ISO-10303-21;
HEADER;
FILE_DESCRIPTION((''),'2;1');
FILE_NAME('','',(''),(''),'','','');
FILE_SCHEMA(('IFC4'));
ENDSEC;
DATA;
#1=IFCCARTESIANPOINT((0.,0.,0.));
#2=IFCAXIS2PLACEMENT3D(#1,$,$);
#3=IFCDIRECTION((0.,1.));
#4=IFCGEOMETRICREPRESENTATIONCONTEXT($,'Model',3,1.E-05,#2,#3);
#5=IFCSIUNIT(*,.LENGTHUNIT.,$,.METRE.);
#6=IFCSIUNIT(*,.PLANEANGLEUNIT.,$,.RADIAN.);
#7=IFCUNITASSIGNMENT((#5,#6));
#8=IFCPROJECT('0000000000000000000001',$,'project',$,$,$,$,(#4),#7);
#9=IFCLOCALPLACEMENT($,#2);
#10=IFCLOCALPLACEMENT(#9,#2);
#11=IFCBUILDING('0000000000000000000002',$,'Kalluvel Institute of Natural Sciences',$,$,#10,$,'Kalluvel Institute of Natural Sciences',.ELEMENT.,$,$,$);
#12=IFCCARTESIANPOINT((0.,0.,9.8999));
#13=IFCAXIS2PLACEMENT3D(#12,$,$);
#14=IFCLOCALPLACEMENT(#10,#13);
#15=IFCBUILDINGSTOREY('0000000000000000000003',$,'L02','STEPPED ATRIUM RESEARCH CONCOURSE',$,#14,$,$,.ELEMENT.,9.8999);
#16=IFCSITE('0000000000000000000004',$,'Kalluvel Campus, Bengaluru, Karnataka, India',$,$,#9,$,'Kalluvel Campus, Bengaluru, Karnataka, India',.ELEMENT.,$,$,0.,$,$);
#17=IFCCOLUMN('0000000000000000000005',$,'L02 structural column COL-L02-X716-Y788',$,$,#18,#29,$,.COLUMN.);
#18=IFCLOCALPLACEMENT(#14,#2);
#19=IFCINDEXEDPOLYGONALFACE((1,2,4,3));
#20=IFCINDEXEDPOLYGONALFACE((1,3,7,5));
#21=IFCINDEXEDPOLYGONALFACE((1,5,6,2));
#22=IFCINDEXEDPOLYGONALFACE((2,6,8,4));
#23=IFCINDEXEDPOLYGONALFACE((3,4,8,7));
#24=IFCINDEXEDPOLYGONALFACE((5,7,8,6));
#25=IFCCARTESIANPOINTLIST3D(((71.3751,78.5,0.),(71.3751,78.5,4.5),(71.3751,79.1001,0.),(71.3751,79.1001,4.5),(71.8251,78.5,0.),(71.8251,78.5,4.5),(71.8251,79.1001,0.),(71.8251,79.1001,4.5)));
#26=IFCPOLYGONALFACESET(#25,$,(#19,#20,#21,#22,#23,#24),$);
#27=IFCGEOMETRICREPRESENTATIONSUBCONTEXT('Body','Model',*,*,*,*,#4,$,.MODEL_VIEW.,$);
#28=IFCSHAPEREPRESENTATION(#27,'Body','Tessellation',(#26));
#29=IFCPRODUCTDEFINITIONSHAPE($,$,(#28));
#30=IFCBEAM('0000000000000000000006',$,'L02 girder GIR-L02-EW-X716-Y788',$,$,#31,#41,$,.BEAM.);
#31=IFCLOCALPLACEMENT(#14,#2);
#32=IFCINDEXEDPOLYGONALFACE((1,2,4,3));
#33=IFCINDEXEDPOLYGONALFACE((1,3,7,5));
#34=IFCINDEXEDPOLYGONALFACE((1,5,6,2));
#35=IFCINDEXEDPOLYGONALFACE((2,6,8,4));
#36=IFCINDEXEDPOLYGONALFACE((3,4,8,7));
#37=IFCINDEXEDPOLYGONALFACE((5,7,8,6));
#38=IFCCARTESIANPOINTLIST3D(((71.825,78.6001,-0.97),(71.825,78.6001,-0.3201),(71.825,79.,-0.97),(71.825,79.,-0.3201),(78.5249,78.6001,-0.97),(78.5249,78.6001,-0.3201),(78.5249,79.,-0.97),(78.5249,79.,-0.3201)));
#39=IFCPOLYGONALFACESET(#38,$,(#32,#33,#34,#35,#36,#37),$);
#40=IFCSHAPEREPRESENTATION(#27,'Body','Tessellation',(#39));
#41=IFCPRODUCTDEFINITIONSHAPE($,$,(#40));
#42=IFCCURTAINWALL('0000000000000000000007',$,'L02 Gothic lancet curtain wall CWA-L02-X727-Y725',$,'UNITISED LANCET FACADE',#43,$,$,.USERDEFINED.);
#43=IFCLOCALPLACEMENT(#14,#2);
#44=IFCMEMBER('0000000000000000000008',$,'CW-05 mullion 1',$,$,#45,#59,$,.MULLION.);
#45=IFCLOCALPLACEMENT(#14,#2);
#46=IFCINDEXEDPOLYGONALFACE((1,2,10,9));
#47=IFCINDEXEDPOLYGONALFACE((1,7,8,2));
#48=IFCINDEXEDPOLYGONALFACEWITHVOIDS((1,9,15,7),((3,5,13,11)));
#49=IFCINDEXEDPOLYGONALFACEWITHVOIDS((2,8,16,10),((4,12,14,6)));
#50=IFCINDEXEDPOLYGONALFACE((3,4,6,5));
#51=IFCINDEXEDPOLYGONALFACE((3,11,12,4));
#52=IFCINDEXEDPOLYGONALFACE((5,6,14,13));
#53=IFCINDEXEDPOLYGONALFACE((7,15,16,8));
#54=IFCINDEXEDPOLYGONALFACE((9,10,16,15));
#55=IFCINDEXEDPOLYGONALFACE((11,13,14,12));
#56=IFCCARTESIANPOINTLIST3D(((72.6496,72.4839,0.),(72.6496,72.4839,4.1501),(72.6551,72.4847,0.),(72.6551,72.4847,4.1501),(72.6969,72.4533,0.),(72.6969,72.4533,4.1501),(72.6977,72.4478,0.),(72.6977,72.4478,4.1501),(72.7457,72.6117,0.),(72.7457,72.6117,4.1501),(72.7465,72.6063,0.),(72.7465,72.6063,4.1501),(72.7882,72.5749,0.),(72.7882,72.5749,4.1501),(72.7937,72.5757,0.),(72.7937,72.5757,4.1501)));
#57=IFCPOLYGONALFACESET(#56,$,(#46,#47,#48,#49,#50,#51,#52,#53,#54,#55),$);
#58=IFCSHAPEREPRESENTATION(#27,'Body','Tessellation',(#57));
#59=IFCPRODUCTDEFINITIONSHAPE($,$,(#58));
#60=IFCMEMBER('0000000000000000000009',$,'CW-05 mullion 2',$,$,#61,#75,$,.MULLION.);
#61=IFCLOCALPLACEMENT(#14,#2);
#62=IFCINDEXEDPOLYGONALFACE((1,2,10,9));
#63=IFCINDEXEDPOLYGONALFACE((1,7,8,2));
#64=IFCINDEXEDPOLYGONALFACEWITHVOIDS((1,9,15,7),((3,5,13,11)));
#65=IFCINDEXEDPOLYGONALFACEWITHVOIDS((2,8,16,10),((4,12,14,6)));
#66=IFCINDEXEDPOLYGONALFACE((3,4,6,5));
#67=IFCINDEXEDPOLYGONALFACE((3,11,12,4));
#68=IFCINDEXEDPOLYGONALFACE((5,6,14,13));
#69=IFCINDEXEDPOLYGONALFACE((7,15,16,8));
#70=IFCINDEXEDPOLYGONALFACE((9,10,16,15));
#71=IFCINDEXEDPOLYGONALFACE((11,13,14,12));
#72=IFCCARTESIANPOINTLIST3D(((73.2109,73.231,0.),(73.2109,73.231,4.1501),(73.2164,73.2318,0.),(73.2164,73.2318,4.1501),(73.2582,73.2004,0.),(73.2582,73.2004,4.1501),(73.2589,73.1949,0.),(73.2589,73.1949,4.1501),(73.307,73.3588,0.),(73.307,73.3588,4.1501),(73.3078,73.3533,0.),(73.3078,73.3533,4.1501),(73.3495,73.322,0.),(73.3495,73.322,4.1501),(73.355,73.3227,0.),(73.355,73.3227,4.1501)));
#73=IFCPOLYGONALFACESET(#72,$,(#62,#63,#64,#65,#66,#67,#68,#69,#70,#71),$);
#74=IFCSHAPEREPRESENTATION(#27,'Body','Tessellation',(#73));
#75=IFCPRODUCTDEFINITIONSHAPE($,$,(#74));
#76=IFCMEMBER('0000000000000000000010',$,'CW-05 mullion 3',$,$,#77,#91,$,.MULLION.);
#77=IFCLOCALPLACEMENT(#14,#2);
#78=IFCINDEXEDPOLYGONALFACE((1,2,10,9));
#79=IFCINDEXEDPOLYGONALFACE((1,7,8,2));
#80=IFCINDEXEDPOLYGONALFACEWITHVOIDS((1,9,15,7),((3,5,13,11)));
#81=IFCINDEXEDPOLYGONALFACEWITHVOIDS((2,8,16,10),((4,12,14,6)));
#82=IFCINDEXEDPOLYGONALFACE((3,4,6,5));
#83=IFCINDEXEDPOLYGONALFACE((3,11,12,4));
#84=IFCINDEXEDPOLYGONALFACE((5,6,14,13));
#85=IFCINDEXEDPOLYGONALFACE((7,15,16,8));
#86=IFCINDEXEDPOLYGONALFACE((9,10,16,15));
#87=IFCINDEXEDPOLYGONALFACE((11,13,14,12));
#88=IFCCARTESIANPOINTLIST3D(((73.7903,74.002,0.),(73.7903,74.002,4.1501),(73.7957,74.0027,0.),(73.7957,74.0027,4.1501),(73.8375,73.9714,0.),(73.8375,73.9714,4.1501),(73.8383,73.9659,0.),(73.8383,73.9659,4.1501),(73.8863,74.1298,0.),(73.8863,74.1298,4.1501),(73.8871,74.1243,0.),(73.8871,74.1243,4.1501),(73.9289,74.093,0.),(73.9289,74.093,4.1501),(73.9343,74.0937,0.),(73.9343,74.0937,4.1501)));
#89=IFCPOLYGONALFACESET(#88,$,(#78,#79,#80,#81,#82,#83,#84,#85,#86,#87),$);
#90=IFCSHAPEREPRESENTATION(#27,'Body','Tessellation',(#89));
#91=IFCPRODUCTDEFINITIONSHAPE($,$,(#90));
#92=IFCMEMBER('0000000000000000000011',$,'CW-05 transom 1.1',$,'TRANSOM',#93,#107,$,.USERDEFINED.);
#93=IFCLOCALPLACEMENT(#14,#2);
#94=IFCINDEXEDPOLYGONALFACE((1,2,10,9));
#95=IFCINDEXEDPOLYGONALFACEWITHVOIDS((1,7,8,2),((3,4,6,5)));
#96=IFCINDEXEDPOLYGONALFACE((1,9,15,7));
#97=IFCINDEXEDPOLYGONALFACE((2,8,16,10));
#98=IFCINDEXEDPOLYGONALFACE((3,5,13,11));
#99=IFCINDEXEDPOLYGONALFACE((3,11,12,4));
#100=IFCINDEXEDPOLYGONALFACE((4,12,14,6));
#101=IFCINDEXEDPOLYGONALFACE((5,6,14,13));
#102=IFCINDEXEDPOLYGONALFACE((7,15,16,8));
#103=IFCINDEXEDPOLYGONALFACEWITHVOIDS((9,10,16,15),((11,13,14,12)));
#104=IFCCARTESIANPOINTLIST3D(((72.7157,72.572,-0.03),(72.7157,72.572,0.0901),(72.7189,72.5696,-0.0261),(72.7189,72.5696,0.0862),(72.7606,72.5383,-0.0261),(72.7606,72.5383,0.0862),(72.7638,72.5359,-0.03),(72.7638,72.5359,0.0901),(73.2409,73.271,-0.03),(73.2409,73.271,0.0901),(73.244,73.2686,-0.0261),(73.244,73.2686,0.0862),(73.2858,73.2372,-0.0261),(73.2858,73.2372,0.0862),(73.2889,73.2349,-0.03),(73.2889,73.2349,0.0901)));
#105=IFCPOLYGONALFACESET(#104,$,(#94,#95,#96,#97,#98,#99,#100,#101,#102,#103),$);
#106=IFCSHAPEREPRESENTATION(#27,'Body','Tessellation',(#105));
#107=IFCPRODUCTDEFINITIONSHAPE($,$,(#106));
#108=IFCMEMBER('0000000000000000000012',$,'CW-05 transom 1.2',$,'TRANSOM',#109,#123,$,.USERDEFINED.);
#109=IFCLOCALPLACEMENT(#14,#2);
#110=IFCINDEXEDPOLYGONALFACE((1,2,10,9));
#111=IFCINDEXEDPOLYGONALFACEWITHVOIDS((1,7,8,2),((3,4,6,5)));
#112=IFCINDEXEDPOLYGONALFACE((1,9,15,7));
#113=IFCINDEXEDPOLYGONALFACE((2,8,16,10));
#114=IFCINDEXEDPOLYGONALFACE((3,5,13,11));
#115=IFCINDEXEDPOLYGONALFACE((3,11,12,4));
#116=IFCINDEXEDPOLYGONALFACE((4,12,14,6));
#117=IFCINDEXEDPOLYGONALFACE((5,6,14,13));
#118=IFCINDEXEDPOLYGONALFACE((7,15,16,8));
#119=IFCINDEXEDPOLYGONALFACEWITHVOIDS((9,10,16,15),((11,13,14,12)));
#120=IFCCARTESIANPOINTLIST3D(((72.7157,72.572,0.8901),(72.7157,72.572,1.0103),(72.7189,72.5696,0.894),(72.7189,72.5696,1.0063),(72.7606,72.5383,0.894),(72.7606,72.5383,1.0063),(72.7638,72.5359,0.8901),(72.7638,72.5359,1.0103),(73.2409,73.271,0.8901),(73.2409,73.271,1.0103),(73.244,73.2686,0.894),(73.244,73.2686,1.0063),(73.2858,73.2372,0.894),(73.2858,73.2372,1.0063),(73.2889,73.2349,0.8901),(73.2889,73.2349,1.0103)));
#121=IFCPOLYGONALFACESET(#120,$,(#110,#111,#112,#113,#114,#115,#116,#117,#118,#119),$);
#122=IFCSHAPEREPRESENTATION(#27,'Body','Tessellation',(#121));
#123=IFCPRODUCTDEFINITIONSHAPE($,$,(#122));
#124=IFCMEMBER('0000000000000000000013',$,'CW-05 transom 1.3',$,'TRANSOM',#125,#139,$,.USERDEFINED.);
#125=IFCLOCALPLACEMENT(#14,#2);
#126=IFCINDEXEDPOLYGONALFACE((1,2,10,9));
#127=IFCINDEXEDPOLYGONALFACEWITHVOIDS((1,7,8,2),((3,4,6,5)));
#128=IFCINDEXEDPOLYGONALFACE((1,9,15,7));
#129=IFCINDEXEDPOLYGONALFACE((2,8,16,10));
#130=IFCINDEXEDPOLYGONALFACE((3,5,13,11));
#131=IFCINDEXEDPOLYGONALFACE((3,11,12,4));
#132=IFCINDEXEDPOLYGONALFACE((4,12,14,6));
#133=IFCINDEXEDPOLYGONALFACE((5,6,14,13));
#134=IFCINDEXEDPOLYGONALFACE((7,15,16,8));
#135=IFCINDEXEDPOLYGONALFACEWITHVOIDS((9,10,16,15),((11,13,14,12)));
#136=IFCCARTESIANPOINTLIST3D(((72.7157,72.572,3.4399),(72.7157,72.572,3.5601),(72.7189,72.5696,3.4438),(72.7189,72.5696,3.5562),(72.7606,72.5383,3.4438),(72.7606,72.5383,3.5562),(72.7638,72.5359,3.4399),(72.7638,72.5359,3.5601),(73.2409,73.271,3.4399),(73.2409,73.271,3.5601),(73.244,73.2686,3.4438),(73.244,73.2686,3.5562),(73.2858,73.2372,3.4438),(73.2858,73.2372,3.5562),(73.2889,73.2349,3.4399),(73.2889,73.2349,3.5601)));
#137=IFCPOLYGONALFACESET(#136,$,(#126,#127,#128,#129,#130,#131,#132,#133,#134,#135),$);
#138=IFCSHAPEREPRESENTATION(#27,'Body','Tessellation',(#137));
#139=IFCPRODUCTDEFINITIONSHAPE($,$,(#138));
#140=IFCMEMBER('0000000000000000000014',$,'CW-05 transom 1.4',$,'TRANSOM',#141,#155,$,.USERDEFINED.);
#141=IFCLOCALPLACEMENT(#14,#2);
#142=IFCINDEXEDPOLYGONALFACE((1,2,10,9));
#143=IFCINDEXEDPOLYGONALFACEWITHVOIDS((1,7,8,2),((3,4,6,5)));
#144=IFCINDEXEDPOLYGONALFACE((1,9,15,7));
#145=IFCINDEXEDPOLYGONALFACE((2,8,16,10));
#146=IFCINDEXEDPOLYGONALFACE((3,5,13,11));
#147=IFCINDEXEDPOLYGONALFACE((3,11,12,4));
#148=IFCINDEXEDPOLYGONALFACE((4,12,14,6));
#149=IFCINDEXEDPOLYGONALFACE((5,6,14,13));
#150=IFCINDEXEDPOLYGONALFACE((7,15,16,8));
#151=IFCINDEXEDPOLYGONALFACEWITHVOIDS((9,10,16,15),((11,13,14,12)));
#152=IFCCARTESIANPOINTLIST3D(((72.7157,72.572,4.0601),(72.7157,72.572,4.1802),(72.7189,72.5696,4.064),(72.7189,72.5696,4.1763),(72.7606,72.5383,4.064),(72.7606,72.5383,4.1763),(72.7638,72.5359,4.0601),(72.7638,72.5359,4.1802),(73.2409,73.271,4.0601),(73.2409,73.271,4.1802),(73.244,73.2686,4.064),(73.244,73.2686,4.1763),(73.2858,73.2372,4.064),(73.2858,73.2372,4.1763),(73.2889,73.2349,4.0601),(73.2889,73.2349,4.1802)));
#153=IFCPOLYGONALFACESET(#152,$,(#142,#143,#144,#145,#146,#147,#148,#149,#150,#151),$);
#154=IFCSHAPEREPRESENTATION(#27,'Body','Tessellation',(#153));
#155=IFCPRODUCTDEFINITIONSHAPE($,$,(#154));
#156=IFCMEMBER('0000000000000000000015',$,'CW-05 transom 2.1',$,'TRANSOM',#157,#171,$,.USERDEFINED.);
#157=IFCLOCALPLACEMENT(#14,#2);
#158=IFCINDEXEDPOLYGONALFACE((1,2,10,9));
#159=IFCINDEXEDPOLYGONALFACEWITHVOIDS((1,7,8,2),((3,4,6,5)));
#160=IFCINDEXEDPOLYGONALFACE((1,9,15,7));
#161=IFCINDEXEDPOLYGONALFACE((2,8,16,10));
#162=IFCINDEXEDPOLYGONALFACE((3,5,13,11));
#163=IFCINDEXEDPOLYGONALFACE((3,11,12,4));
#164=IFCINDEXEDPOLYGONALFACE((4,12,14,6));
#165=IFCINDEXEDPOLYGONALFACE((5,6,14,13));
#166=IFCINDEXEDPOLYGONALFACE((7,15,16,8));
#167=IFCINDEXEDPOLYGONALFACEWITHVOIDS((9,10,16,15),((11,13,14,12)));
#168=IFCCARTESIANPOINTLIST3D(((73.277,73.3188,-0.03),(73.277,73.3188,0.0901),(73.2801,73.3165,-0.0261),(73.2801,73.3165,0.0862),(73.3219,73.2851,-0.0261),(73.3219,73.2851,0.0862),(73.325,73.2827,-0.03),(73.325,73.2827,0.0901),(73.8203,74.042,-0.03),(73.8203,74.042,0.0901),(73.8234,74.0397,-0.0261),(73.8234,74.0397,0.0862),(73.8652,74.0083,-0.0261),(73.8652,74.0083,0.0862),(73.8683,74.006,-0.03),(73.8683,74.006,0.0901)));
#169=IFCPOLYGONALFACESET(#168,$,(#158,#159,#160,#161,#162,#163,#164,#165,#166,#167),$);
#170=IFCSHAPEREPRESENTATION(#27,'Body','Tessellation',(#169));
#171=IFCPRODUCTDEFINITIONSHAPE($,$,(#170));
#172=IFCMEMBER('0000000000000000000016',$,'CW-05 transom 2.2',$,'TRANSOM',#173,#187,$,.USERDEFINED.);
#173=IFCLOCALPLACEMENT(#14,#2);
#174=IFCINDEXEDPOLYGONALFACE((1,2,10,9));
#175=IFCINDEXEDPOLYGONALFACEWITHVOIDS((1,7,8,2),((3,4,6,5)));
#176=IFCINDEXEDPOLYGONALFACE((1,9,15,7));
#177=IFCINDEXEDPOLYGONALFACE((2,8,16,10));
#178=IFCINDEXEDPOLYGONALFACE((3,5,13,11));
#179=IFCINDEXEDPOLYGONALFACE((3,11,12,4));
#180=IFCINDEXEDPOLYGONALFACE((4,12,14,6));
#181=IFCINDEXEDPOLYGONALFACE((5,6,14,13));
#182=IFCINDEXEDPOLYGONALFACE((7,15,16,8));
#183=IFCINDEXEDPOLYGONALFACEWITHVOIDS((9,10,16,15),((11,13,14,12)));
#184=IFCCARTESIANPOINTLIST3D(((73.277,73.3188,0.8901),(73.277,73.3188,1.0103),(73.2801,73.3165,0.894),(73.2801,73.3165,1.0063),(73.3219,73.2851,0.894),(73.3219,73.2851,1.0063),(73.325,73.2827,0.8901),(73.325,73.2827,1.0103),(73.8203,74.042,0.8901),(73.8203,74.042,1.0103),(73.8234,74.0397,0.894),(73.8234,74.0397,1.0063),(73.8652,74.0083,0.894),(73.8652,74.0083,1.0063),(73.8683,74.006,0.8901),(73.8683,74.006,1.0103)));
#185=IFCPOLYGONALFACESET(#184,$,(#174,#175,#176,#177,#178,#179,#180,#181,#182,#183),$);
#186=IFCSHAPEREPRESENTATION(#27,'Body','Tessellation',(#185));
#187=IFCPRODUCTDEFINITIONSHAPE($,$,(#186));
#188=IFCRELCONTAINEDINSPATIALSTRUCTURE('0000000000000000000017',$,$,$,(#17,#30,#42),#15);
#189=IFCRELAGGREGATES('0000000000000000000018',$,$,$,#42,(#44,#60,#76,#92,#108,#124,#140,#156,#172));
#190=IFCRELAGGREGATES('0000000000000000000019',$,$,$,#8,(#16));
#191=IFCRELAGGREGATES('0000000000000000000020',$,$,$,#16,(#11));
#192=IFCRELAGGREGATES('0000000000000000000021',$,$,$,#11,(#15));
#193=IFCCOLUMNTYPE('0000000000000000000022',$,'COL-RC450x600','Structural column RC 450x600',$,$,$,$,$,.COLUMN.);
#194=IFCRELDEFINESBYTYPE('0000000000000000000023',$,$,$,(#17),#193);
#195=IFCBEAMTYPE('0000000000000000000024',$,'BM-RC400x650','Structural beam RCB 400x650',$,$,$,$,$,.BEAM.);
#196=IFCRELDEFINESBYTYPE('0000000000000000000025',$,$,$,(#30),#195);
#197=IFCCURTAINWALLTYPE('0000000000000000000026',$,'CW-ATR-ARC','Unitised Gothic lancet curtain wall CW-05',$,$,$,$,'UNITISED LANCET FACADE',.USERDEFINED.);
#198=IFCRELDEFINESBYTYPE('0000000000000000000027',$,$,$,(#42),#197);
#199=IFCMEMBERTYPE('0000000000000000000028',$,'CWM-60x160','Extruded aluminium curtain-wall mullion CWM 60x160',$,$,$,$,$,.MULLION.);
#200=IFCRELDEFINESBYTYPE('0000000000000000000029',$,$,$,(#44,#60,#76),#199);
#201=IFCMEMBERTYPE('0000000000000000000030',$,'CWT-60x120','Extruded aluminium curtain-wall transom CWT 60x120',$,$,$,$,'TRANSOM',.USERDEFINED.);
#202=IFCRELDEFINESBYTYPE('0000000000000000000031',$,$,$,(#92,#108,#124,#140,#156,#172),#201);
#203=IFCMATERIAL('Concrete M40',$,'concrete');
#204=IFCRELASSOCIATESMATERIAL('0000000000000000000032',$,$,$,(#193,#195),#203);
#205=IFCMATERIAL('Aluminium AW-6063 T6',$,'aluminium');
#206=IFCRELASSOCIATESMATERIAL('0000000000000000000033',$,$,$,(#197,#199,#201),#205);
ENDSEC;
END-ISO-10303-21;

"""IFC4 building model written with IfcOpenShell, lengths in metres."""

from ifc_helpers import new_model, si_unit, direction, frame, origin, origin_2d, place, context, subcontext, project, spatial, rectangle, hollow_rectangle, extrude, material, material_profile, profile_set, type_object, element, aggregate, save


model = new_model("IFC4")

# Units and contexts
model_context = context("Model", 3, precision=1e-05, world=origin(), true_north=direction((0.0, 1.0)))
body_context = subcontext(model_context, "Body", "Model", "MODEL_VIEW")
ifc_project = project(units=[si_unit("LENGTHUNIT", "METRE"), si_unit("PLANEANGLEUNIT", "RADIAN")], contexts=[model_context])

# Site, building, storey
site_placement = place(None, origin())
site = spatial("IfcSite", under=ifc_project, at=site_placement, Name="Kalluvel Campus, Bengaluru, Karnataka, India", LongName="Kalluvel Campus, Bengaluru, Karnataka, India", CompositionType="ELEMENT", RefElevation=0.0)
building_placement = place(site_placement, origin())
building = spatial("IfcBuilding", under=site, at=building_placement, Name="Kalluvel Institute of Natural Sciences", LongName="Kalluvel Institute of Natural Sciences", CompositionType="ELEMENT")
storey_placement = place(building_placement, frame((0.0, 0.0, 9.8999)))
storey = spatial("IfcBuildingStorey", under=building, at=storey_placement, Name="L02", Description="STEPPED ATRIUM RESEARCH CONCOURSE", CompositionType="ELEMENT", Elevation=9.8999)

# Column
ifc_material_1 = material(Name="Concrete M40", Category="concrete")
ifc_material_profile_1 = material_profile(ifc_material_1, rectangle(XDim=0.45, YDim=0.6001, at=origin_2d()), Name="RC 450x600")
ifc_profile_set_1 = profile_set([ifc_material_profile_1], Name="Concrete M40")
column_type = type_object("IfcColumnType", Name="COL-RC450x600", Description="Structural column RC 450x600", PredefinedType="COLUMN", material=ifc_profile_set_1)
column_placement = place(storey_placement, frame((71.6001, 78.8, 0.0), z_axis=(0.0, 0.0, 1.0), x_axis=(1.0, 0.0, 0.0)))
element("IfcColumn", 1, at=column_placement, inside=storey, type_object=column_type, Name="L02 structural column COL-L02-X716-Y788", PredefinedType="COLUMN", context=body_context, shape_type="SweptSolid", body=[
    extrude(rectangle(XDim=0.45, YDim=0.6001, at=origin_2d()), origin(), (0.0, 0.0, 1.0), 4.5),
])

# Beam
ifc_material_profile_2 = material_profile(ifc_material_1, rectangle(XDim=0.3999, YDim=0.6499, at=origin_2d()), Name="RCB 400x650")
ifc_profile_set_2 = profile_set([ifc_material_profile_2], Name="Concrete M40")
beam_type = type_object("IfcBeamType", Name="BM-RC400x650", Description="Structural beam RCB 400x650", PredefinedType="BEAM", material=ifc_profile_set_2)
beam_placement = place(storey_placement, frame((71.825, 78.8, -0.645), z_axis=(1.0, 0.0, 0.0), x_axis=(0.0, 1.0, 0.0)))
element("IfcBeam", 2, at=beam_placement, inside=storey, type_object=beam_type, Name="L02 girder GIR-L02-EW-X716-Y788", PredefinedType="BEAM", context=body_context, shape_type="SweptSolid", body=[
    extrude(rectangle(XDim=0.3999, YDim=0.6499, at=origin_2d()), origin(), (0.0, 0.0, 1.0), 6.7),
])

# Curtain wall, members
ifc_material_2 = material(Name="Aluminium AW-6063 T6", Category="aluminium")
curtain_wall_type = type_object("IfcCurtainWallType", Name="CW-ATR-ARC", Description="Unitised Gothic lancet curtain wall CW-05", ElementType="UNITISED LANCET FACADE", PredefinedType="USERDEFINED", material=ifc_material_2)
curtain_wall_placement = place(storey_placement, origin())
curtain_wall = element("IfcCurtainWall", 3, at=curtain_wall_placement, inside=storey, type_object=curtain_wall_type, Name="L02 Gothic lancet curtain wall CWA-L02-X727-Y725", ObjectType="UNITISED LANCET FACADE", PredefinedType="USERDEFINED")
ifc_material_profile_3 = material_profile(ifc_material_2, hollow_rectangle(XDim=0.0601, YDim=0.1599, WallThickness=0.0039, at=origin_2d()), Name="CWM 60x160")
ifc_profile_set_3 = profile_set([ifc_material_profile_3], Name="Aluminium AW-6063 T6")
member_type_1 = type_object("IfcMemberType", Name="CWM-60x160", Description="Extruded aluminium curtain-wall mullion CWM 60x160", PredefinedType="MULLION", material=ifc_profile_set_3)
member_1_placement = place(storey_placement, frame((72.7217, 72.5298, 0.0), z_axis=(0.0, 0.0, 1.0), x_axis=(-0.799446, 0.600738, 0.0)))
member_1 = element("IfcMember", 4, at=member_1_placement, type_object=member_type_1, Name="CW-05 mullion 1", PredefinedType="MULLION", context=body_context, shape_type="SweptSolid", body=[
    extrude(hollow_rectangle(XDim=0.0601, YDim=0.1599, WallThickness=0.0039, at=origin_2d()), origin(), (0.0, 0.0, 1.0), 4.1501),
])
member_2_placement = place(storey_placement, frame((73.283, 73.2769, 0.0), z_axis=(0.0, 0.0, 1.0), x_axis=(-0.799446, 0.600738, 0.0)))
member_2 = element("IfcMember", 5, at=member_2_placement, type_object=member_type_1, Name="CW-05 mullion 2", PredefinedType="MULLION", context=body_context, shape_type="SweptSolid", body=[
    extrude(hollow_rectangle(XDim=0.0601, YDim=0.1599, WallThickness=0.0039, at=origin_2d()), origin(), (0.0, 0.0, 1.0), 4.1501),
])
member_3_placement = place(storey_placement, frame((73.8623, 74.0479, 0.0), z_axis=(0.0, 0.0, 1.0), x_axis=(-0.799446, 0.600738, 0.0)))
member_3 = element("IfcMember", 6, at=member_3_placement, type_object=member_type_1, Name="CW-05 mullion 3", PredefinedType="MULLION", context=body_context, shape_type="SweptSolid", body=[
    extrude(hollow_rectangle(XDim=0.0601, YDim=0.1599, WallThickness=0.0039, at=origin_2d()), origin(), (0.0, 0.0, 1.0), 4.1501),
])
ifc_material_profile_4 = material_profile(ifc_material_2, hollow_rectangle(XDim=0.0601, YDim=0.1201, WallThickness=0.0039, at=origin_2d()), Name="CWT 60x120")
ifc_profile_set_4 = profile_set([ifc_material_profile_4], Name="Aluminium AW-6063 T6")
member_type_2 = type_object("IfcMemberType", Name="CWT-60x120", Description="Extruded aluminium curtain-wall transom CWT 60x120", ElementType="TRANSOM", PredefinedType="USERDEFINED", material=ifc_profile_set_4)
member_4_placement = place(storey_placement, frame((72.7397, 72.554, 0.03), z_axis=(0.60067, 0.799497, 0.0), x_axis=(-0.799497, 0.60067, 0.0)))
member_4 = element("IfcMember", 7, at=member_4_placement, type_object=member_type_2, Name="CW-05 transom 1.1", ObjectType="TRANSOM", PredefinedType="USERDEFINED", context=body_context, shape_type="SweptSolid", body=[
    extrude(hollow_rectangle(XDim=0.0601, YDim=0.1201, WallThickness=0.0039, at=origin_2d()), origin(), (0.0, 0.0, 1.0), 0.8743),
])
member_5_placement = place(storey_placement, frame((72.7397, 72.554, 0.9502), z_axis=(0.60067, 0.799497, 0.0), x_axis=(-0.799497, 0.60067, 0.0)))
member_5 = element("IfcMember", 8, at=member_5_placement, type_object=member_type_2, Name="CW-05 transom 1.2", ObjectType="TRANSOM", PredefinedType="USERDEFINED", context=body_context, shape_type="SweptSolid", body=[
    extrude(hollow_rectangle(XDim=0.0601, YDim=0.1201, WallThickness=0.0039, at=origin_2d()), origin(), (0.0, 0.0, 1.0), 0.8743),
])
member_6_placement = place(storey_placement, frame((72.7397, 72.554, 3.5), z_axis=(0.60067, 0.799497, 0.0), x_axis=(-0.799497, 0.60067, 0.0)))
member_6 = element("IfcMember", 9, at=member_6_placement, type_object=member_type_2, Name="CW-05 transom 1.3", ObjectType="TRANSOM", PredefinedType="USERDEFINED", context=body_context, shape_type="SweptSolid", body=[
    extrude(hollow_rectangle(XDim=0.0601, YDim=0.1201, WallThickness=0.0039, at=origin_2d()), origin(), (0.0, 0.0, 1.0), 0.8743),
])
member_7_placement = place(storey_placement, frame((72.7397, 72.554, 4.1201), z_axis=(0.60067, 0.799497, 0.0), x_axis=(-0.799497, 0.60067, 0.0)))
member_7 = element("IfcMember", 10, at=member_7_placement, type_object=member_type_2, Name="CW-05 transom 1.4", ObjectType="TRANSOM", PredefinedType="USERDEFINED", context=body_context, shape_type="SweptSolid", body=[
    extrude(hollow_rectangle(XDim=0.0601, YDim=0.1201, WallThickness=0.0039, at=origin_2d()), origin(), (0.0, 0.0, 1.0), 0.8743),
])
member_8_placement = place(storey_placement, frame((73.301, 73.3008, 0.03), z_axis=(0.600604, 0.799546, 0.0), x_axis=(-0.799546, 0.600604, 0.0)))
member_8 = element("IfcMember", 11, at=member_8_placement, type_object=member_type_2, Name="CW-05 transom 2.1", ObjectType="TRANSOM", PredefinedType="USERDEFINED", context=body_context, shape_type="SweptSolid", body=[
    extrude(hollow_rectangle(XDim=0.0601, YDim=0.1201, WallThickness=0.0039, at=origin_2d()), origin(), (0.0, 0.0, 1.0), 0.9045),
])
member_9_placement = place(storey_placement, frame((73.301, 73.3008, 0.9502), z_axis=(0.600604, 0.799546, 0.0), x_axis=(-0.799546, 0.600604, 0.0)))
member_9 = element("IfcMember", 12, at=member_9_placement, type_object=member_type_2, Name="CW-05 transom 2.2", ObjectType="TRANSOM", PredefinedType="USERDEFINED", context=body_context, shape_type="SweptSolid", body=[
    extrude(hollow_rectangle(XDim=0.0601, YDim=0.1201, WallThickness=0.0039, at=origin_2d()), origin(), (0.0, 0.0, 1.0), 0.9045),
])
aggregate(curtain_wall, [member_1, member_2, member_3, member_4, member_5, member_6, member_7, member_8, member_9])

save(model, "model.ifc")
